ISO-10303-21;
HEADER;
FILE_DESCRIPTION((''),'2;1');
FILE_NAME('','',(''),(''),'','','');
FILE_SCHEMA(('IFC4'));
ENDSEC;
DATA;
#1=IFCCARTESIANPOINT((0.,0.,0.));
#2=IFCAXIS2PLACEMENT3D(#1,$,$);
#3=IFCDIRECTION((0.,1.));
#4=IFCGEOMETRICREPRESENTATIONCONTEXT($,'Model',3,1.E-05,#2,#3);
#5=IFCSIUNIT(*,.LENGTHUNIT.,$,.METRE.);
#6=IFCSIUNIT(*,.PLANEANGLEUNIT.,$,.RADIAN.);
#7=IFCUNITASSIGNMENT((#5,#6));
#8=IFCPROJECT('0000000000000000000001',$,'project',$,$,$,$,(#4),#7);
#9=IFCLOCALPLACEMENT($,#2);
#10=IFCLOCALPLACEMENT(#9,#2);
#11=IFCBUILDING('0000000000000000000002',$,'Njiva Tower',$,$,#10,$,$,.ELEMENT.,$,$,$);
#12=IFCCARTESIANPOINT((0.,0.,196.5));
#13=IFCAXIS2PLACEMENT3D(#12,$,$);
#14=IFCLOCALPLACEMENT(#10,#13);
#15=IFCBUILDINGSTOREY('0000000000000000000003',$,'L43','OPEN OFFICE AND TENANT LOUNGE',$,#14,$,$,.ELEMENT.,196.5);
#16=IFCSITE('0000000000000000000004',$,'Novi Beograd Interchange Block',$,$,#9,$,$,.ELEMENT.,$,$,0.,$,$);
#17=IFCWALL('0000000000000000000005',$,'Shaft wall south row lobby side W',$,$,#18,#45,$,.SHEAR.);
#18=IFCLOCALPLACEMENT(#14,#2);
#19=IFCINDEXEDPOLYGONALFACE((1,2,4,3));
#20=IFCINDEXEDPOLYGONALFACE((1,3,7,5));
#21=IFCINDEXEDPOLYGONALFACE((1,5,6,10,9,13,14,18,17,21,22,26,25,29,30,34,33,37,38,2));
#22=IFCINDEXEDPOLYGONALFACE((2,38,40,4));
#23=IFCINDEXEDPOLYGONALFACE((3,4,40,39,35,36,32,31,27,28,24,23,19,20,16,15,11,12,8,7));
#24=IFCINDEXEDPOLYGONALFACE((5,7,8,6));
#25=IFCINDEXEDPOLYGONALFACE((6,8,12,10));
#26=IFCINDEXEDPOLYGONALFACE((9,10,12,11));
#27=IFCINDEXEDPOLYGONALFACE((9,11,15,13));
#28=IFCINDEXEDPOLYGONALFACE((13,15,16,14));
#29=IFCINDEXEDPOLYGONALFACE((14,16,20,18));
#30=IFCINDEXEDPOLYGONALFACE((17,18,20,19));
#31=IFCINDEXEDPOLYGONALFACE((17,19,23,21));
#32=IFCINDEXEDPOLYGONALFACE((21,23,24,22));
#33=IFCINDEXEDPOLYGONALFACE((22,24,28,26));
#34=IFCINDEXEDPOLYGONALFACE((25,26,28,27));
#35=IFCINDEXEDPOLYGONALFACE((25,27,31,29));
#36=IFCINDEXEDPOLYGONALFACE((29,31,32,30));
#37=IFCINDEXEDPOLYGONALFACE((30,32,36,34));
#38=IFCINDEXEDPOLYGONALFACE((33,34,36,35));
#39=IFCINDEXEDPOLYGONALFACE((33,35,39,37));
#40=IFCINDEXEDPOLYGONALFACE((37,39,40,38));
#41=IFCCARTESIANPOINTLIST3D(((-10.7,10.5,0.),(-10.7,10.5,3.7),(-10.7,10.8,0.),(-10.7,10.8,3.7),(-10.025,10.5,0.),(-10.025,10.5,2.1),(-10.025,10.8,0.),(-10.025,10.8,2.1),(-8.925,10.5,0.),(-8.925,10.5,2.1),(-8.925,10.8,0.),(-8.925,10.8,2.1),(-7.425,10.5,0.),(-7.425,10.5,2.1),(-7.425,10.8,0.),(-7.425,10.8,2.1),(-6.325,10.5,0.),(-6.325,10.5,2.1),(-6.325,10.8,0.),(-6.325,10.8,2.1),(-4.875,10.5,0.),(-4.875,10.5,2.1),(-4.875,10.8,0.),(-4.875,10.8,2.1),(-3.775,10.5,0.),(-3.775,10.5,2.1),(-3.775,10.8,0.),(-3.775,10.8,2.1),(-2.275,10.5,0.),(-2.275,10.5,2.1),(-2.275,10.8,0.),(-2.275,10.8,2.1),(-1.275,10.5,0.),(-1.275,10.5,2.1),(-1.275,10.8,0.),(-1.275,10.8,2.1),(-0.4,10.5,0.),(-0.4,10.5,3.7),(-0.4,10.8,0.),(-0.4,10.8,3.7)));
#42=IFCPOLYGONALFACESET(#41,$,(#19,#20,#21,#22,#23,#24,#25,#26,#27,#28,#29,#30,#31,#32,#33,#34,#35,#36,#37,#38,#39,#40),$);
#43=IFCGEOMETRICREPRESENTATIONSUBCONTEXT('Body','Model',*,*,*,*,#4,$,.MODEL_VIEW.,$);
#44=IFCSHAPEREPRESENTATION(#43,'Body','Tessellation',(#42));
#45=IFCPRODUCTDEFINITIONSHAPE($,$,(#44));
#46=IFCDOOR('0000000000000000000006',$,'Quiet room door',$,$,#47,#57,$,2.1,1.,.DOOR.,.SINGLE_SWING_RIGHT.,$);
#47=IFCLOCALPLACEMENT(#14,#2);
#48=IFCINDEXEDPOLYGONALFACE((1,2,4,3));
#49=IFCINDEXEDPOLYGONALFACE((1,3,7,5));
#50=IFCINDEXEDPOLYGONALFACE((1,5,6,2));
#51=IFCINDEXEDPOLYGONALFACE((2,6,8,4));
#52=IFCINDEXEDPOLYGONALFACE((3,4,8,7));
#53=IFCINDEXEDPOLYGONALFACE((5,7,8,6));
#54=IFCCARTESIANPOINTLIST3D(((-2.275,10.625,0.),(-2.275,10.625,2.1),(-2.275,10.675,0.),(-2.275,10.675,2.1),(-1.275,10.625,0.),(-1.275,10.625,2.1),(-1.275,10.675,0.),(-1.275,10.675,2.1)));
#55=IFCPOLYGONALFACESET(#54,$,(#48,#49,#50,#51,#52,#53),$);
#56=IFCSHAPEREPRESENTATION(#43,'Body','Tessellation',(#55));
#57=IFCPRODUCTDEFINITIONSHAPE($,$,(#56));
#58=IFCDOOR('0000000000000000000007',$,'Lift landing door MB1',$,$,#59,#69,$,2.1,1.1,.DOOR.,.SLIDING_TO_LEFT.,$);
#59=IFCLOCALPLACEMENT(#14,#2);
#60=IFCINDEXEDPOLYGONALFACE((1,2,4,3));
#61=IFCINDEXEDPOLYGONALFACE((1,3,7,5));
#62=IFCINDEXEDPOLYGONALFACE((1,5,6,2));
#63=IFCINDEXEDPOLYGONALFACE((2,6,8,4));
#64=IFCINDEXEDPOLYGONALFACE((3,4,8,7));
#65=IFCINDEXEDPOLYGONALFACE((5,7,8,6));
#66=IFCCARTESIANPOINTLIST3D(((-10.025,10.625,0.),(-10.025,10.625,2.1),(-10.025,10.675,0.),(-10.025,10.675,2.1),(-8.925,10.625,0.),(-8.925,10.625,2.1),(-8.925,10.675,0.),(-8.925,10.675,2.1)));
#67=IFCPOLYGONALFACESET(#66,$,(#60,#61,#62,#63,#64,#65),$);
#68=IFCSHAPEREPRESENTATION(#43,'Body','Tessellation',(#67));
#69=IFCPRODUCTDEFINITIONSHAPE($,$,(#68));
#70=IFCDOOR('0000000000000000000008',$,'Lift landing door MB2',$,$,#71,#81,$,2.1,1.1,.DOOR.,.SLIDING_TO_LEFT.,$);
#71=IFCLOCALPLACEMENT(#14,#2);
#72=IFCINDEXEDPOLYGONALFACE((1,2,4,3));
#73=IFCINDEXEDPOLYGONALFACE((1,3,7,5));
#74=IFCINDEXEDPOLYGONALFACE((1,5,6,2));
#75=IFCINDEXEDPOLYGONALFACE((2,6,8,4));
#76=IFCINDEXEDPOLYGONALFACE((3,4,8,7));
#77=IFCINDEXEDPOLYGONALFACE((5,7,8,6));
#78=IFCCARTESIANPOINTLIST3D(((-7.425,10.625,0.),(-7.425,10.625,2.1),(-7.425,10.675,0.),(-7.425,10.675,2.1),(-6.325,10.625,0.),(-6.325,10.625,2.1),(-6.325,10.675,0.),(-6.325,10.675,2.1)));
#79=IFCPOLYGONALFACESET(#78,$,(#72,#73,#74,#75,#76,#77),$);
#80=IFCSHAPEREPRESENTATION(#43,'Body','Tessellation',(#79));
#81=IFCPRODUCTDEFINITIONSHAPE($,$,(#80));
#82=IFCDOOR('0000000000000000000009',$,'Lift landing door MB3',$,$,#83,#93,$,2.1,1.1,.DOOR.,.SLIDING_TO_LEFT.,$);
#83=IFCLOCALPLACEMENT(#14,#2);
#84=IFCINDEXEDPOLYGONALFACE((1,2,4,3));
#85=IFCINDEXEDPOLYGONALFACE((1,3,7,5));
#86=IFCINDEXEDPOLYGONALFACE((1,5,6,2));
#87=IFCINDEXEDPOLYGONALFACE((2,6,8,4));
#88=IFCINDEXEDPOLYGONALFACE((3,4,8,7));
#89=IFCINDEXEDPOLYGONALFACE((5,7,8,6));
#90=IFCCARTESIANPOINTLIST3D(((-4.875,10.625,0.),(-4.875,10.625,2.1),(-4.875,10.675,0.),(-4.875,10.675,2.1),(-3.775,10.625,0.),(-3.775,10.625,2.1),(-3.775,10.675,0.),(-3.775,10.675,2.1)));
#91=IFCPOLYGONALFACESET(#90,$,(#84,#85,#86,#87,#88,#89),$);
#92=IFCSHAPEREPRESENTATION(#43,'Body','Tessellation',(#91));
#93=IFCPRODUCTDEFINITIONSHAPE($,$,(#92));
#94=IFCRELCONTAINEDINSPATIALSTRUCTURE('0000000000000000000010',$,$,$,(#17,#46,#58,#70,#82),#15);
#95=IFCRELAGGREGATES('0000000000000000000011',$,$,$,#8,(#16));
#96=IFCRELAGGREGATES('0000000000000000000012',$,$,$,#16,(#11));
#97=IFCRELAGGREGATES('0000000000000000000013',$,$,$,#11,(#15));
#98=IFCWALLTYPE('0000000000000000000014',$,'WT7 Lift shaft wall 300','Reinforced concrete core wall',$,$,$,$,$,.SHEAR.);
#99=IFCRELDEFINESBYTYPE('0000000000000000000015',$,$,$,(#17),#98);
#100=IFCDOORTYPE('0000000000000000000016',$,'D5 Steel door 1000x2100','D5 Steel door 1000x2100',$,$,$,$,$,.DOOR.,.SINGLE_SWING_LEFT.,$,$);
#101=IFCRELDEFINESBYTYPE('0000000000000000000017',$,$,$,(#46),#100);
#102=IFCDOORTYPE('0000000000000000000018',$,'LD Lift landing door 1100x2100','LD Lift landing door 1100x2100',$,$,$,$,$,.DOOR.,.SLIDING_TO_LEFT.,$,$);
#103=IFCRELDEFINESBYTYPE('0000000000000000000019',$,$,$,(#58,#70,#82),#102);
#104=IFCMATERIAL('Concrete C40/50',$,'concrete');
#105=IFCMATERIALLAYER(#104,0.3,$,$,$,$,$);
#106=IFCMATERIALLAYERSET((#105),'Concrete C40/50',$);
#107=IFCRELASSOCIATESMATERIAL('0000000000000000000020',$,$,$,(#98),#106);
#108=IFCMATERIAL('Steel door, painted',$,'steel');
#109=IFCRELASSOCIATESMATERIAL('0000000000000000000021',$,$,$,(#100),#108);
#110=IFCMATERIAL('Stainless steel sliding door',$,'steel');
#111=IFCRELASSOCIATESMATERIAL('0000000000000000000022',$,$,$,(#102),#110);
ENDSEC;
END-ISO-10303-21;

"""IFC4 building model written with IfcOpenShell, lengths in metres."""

from ifc_helpers import new_model, si_unit, direction, frame, frame_2d, origin, place, context, subcontext, project, spatial, rectangle, extrude, material, layer, layer_set, type_object, element, fill, save


model = new_model("IFC4")

# Units and contexts
model_context = context("Model", 3, precision=1e-05, world=origin(), true_north=direction((0.0, 1.0)))
body_context = subcontext(model_context, "Body", "Model", "MODEL_VIEW")
ifc_project = project(units=[si_unit("LENGTHUNIT", "METRE"), si_unit("PLANEANGLEUNIT", "RADIAN")], contexts=[model_context])

# Site, building, storey
site_placement = place(None, origin())
site = spatial("IfcSite", under=ifc_project, at=site_placement, Name="Novi Beograd Interchange Block", CompositionType="ELEMENT", RefElevation=0.0)
building_placement = place(site_placement, origin())
building = spatial("IfcBuilding", under=site, at=building_placement, Name="Njiva Tower", CompositionType="ELEMENT")
storey_placement = place(building_placement, frame((0.0, 0.0, 196.5)))
storey = spatial("IfcBuildingStorey", under=building, at=storey_placement, Name="L43", Description="OPEN OFFICE AND TENANT LOUNGE", CompositionType="ELEMENT", Elevation=196.5)

# Wall, openings, doors
ifc_material_1 = material(Name="Concrete C40/50", Category="concrete")
ifc_layer = layer(ifc_material_1, 0.3)
ifc_layer_set = layer_set([ifc_layer], Name="Concrete C40/50")
wall_type = type_object("IfcWallType", Name="WT7 Lift shaft wall 300", Description="Reinforced concrete core wall", PredefinedType="SHEAR", material=ifc_layer_set)
ifc_material_2 = material(Name="Steel door, painted", Category="steel")
door_type_1 = type_object("IfcDoorType", Name="D5 Steel door 1000x2100", Description="D5 Steel door 1000x2100", OperationType="SINGLE_SWING_LEFT", PredefinedType="DOOR", material=ifc_material_2)
ifc_material_3 = material(Name="Stainless steel sliding door", Category="steel")
door_type_2 = type_object("IfcDoorType", Name="LD Lift landing door 1100x2100", Description="LD Lift landing door 1100x2100", OperationType="SLIDING_TO_LEFT", PredefinedType="DOOR", material=ifc_material_3)
wall_1_placement = place(storey_placement, frame((-10.7, 10.65, 0.0), z_axis=(0.0, 0.0, 1.0), x_axis=(1.0, 0.0, 0.0)))
wall_1 = element("IfcWall", 1, at=wall_1_placement, inside=storey, type_object=wall_type, Name="Shaft wall south row lobby side W", PredefinedType="SHEAR", context=body_context, shape_type="SweptSolid", body=[
    extrude(rectangle(XDim=10.3, YDim=0.3, at=frame_2d((5.15, 0.0))), origin(), (0.0, 0.0, 1.0), 3.7),
])
opening_1_placement = place(wall_1_placement, frame((0.675, 0.0, 0.0)))
opening_1 = element("IfcOpeningElement", 2, at=opening_1_placement, cuts=wall_1, PredefinedType="OPENING", context=body_context, shape_type="SweptSolid", body=[
    extrude(rectangle(XDim=1.1, YDim=2.1, at=frame_2d((0.55, 1.05))), frame((0.0, 0.16, 0.0), z_axis=(0.0, -1.0, 0.0), x_axis=(1.0, 0.0, 0.0)), (0.0, 0.0, 1.0), 0.32),
])
opening_2_placement = place(wall_1_placement, frame((3.275, 0.0, 0.0)))
opening_2 = element("IfcOpeningElement", 3, at=opening_2_placement, cuts=wall_1, PredefinedType="OPENING", context=body_context, shape_type="SweptSolid", body=[
    extrude(rectangle(XDim=1.1, YDim=2.1, at=frame_2d((0.55, 1.05))), frame((0.0, 0.16, 0.0), z_axis=(0.0, -1.0, 0.0), x_axis=(1.0, 0.0, 0.0)), (0.0, 0.0, 1.0), 0.32),
])
opening_3_placement = place(wall_1_placement, frame((5.825, 0.0, 0.0)))
opening_3 = element("IfcOpeningElement", 4, at=opening_3_placement, cuts=wall_1, PredefinedType="OPENING", context=body_context, shape_type="SweptSolid", body=[
    extrude(rectangle(XDim=1.1, YDim=2.1, at=frame_2d((0.55, 1.05))), frame((0.0, 0.16, 0.0), z_axis=(0.0, -1.0, 0.0), x_axis=(1.0, 0.0, 0.0)), (0.0, 0.0, 1.0), 0.32),
])
opening_4_placement = place(wall_1_placement, frame((8.425, 0.0, 0.0)))
opening_4 = element("IfcOpeningElement", 5, at=opening_4_placement, cuts=wall_1, PredefinedType="OPENING", context=body_context, shape_type="SweptSolid", body=[
    extrude(rectangle(XDim=1.0, YDim=2.1, at=frame_2d((0.5, 1.05))), frame((0.0, 0.16, 0.0), z_axis=(0.0, -1.0, 0.0), x_axis=(1.0, 0.0, 0.0)), (0.0, 0.0, 1.0), 0.32),
])
door_1_placement = place(opening_4_placement, origin())
door_1 = element("IfcDoor", 6, at=door_1_placement, inside=storey, type_object=door_type_1, Name="Quiet room door", OperationType="SINGLE_SWING_RIGHT", OverallHeight=2.1, OverallWidth=1.0, PredefinedType="DOOR", context=body_context, shape_type="SweptSolid", body=[
    extrude(rectangle(XDim=1.0, YDim=2.1, at=frame_2d((0.5, 1.05))), frame((0.0, 0.025, 0.0), z_axis=(0.0, -1.0, 0.0), x_axis=(1.0, 0.0, 0.0)), (0.0, 0.0, 1.0), 0.05),
])
fill(opening_4, door_1)
door_2_placement = place(opening_1_placement, origin())
door_2 = element("IfcDoor", 7, at=door_2_placement, inside=storey, type_object=door_type_2, Name="Lift landing door MB1", OperationType="SLIDING_TO_LEFT", OverallHeight=2.1, OverallWidth=1.1, PredefinedType="DOOR", context=body_context, shape_type="SweptSolid", body=[
    extrude(rectangle(XDim=1.1, YDim=2.1, at=frame_2d((0.55, 1.05))), frame((0.0, 0.025, 0.0), z_axis=(0.0, -1.0, 0.0), x_axis=(1.0, 0.0, 0.0)), (0.0, 0.0, 1.0), 0.05),
])
fill(opening_1, door_2)
door_3_placement = place(opening_2_placement, origin())
door_3 = element("IfcDoor", 8, at=door_3_placement, inside=storey, type_object=door_type_2, Name="Lift landing door MB2", OperationType="SLIDING_TO_LEFT", OverallHeight=2.1, OverallWidth=1.1, PredefinedType="DOOR", context=body_context, shape_type="SweptSolid", body=[
    extrude(rectangle(XDim=1.1, YDim=2.1, at=frame_2d((0.55, 1.05))), frame((0.0, 0.025, 0.0), z_axis=(0.0, -1.0, 0.0), x_axis=(1.0, 0.0, 0.0)), (0.0, 0.0, 1.0), 0.05),
])
fill(opening_2, door_3)
door_4_placement = place(opening_3_placement, origin())
door_4 = element("IfcDoor", 9, at=door_4_placement, inside=storey, type_object=door_type_2, Name="Lift landing door MB3", OperationType="SLIDING_TO_LEFT", OverallHeight=2.1, OverallWidth=1.1, PredefinedType="DOOR", context=body_context, shape_type="SweptSolid", body=[
    extrude(rectangle(XDim=1.1, YDim=2.1, at=frame_2d((0.55, 1.05))), frame((0.0, 0.025, 0.0), z_axis=(0.0, -1.0, 0.0), x_axis=(1.0, 0.0, 0.0)), (0.0, 0.0, 1.0), 0.05),
])
fill(opening_3, door_4)

save(model, "model.ifc")
